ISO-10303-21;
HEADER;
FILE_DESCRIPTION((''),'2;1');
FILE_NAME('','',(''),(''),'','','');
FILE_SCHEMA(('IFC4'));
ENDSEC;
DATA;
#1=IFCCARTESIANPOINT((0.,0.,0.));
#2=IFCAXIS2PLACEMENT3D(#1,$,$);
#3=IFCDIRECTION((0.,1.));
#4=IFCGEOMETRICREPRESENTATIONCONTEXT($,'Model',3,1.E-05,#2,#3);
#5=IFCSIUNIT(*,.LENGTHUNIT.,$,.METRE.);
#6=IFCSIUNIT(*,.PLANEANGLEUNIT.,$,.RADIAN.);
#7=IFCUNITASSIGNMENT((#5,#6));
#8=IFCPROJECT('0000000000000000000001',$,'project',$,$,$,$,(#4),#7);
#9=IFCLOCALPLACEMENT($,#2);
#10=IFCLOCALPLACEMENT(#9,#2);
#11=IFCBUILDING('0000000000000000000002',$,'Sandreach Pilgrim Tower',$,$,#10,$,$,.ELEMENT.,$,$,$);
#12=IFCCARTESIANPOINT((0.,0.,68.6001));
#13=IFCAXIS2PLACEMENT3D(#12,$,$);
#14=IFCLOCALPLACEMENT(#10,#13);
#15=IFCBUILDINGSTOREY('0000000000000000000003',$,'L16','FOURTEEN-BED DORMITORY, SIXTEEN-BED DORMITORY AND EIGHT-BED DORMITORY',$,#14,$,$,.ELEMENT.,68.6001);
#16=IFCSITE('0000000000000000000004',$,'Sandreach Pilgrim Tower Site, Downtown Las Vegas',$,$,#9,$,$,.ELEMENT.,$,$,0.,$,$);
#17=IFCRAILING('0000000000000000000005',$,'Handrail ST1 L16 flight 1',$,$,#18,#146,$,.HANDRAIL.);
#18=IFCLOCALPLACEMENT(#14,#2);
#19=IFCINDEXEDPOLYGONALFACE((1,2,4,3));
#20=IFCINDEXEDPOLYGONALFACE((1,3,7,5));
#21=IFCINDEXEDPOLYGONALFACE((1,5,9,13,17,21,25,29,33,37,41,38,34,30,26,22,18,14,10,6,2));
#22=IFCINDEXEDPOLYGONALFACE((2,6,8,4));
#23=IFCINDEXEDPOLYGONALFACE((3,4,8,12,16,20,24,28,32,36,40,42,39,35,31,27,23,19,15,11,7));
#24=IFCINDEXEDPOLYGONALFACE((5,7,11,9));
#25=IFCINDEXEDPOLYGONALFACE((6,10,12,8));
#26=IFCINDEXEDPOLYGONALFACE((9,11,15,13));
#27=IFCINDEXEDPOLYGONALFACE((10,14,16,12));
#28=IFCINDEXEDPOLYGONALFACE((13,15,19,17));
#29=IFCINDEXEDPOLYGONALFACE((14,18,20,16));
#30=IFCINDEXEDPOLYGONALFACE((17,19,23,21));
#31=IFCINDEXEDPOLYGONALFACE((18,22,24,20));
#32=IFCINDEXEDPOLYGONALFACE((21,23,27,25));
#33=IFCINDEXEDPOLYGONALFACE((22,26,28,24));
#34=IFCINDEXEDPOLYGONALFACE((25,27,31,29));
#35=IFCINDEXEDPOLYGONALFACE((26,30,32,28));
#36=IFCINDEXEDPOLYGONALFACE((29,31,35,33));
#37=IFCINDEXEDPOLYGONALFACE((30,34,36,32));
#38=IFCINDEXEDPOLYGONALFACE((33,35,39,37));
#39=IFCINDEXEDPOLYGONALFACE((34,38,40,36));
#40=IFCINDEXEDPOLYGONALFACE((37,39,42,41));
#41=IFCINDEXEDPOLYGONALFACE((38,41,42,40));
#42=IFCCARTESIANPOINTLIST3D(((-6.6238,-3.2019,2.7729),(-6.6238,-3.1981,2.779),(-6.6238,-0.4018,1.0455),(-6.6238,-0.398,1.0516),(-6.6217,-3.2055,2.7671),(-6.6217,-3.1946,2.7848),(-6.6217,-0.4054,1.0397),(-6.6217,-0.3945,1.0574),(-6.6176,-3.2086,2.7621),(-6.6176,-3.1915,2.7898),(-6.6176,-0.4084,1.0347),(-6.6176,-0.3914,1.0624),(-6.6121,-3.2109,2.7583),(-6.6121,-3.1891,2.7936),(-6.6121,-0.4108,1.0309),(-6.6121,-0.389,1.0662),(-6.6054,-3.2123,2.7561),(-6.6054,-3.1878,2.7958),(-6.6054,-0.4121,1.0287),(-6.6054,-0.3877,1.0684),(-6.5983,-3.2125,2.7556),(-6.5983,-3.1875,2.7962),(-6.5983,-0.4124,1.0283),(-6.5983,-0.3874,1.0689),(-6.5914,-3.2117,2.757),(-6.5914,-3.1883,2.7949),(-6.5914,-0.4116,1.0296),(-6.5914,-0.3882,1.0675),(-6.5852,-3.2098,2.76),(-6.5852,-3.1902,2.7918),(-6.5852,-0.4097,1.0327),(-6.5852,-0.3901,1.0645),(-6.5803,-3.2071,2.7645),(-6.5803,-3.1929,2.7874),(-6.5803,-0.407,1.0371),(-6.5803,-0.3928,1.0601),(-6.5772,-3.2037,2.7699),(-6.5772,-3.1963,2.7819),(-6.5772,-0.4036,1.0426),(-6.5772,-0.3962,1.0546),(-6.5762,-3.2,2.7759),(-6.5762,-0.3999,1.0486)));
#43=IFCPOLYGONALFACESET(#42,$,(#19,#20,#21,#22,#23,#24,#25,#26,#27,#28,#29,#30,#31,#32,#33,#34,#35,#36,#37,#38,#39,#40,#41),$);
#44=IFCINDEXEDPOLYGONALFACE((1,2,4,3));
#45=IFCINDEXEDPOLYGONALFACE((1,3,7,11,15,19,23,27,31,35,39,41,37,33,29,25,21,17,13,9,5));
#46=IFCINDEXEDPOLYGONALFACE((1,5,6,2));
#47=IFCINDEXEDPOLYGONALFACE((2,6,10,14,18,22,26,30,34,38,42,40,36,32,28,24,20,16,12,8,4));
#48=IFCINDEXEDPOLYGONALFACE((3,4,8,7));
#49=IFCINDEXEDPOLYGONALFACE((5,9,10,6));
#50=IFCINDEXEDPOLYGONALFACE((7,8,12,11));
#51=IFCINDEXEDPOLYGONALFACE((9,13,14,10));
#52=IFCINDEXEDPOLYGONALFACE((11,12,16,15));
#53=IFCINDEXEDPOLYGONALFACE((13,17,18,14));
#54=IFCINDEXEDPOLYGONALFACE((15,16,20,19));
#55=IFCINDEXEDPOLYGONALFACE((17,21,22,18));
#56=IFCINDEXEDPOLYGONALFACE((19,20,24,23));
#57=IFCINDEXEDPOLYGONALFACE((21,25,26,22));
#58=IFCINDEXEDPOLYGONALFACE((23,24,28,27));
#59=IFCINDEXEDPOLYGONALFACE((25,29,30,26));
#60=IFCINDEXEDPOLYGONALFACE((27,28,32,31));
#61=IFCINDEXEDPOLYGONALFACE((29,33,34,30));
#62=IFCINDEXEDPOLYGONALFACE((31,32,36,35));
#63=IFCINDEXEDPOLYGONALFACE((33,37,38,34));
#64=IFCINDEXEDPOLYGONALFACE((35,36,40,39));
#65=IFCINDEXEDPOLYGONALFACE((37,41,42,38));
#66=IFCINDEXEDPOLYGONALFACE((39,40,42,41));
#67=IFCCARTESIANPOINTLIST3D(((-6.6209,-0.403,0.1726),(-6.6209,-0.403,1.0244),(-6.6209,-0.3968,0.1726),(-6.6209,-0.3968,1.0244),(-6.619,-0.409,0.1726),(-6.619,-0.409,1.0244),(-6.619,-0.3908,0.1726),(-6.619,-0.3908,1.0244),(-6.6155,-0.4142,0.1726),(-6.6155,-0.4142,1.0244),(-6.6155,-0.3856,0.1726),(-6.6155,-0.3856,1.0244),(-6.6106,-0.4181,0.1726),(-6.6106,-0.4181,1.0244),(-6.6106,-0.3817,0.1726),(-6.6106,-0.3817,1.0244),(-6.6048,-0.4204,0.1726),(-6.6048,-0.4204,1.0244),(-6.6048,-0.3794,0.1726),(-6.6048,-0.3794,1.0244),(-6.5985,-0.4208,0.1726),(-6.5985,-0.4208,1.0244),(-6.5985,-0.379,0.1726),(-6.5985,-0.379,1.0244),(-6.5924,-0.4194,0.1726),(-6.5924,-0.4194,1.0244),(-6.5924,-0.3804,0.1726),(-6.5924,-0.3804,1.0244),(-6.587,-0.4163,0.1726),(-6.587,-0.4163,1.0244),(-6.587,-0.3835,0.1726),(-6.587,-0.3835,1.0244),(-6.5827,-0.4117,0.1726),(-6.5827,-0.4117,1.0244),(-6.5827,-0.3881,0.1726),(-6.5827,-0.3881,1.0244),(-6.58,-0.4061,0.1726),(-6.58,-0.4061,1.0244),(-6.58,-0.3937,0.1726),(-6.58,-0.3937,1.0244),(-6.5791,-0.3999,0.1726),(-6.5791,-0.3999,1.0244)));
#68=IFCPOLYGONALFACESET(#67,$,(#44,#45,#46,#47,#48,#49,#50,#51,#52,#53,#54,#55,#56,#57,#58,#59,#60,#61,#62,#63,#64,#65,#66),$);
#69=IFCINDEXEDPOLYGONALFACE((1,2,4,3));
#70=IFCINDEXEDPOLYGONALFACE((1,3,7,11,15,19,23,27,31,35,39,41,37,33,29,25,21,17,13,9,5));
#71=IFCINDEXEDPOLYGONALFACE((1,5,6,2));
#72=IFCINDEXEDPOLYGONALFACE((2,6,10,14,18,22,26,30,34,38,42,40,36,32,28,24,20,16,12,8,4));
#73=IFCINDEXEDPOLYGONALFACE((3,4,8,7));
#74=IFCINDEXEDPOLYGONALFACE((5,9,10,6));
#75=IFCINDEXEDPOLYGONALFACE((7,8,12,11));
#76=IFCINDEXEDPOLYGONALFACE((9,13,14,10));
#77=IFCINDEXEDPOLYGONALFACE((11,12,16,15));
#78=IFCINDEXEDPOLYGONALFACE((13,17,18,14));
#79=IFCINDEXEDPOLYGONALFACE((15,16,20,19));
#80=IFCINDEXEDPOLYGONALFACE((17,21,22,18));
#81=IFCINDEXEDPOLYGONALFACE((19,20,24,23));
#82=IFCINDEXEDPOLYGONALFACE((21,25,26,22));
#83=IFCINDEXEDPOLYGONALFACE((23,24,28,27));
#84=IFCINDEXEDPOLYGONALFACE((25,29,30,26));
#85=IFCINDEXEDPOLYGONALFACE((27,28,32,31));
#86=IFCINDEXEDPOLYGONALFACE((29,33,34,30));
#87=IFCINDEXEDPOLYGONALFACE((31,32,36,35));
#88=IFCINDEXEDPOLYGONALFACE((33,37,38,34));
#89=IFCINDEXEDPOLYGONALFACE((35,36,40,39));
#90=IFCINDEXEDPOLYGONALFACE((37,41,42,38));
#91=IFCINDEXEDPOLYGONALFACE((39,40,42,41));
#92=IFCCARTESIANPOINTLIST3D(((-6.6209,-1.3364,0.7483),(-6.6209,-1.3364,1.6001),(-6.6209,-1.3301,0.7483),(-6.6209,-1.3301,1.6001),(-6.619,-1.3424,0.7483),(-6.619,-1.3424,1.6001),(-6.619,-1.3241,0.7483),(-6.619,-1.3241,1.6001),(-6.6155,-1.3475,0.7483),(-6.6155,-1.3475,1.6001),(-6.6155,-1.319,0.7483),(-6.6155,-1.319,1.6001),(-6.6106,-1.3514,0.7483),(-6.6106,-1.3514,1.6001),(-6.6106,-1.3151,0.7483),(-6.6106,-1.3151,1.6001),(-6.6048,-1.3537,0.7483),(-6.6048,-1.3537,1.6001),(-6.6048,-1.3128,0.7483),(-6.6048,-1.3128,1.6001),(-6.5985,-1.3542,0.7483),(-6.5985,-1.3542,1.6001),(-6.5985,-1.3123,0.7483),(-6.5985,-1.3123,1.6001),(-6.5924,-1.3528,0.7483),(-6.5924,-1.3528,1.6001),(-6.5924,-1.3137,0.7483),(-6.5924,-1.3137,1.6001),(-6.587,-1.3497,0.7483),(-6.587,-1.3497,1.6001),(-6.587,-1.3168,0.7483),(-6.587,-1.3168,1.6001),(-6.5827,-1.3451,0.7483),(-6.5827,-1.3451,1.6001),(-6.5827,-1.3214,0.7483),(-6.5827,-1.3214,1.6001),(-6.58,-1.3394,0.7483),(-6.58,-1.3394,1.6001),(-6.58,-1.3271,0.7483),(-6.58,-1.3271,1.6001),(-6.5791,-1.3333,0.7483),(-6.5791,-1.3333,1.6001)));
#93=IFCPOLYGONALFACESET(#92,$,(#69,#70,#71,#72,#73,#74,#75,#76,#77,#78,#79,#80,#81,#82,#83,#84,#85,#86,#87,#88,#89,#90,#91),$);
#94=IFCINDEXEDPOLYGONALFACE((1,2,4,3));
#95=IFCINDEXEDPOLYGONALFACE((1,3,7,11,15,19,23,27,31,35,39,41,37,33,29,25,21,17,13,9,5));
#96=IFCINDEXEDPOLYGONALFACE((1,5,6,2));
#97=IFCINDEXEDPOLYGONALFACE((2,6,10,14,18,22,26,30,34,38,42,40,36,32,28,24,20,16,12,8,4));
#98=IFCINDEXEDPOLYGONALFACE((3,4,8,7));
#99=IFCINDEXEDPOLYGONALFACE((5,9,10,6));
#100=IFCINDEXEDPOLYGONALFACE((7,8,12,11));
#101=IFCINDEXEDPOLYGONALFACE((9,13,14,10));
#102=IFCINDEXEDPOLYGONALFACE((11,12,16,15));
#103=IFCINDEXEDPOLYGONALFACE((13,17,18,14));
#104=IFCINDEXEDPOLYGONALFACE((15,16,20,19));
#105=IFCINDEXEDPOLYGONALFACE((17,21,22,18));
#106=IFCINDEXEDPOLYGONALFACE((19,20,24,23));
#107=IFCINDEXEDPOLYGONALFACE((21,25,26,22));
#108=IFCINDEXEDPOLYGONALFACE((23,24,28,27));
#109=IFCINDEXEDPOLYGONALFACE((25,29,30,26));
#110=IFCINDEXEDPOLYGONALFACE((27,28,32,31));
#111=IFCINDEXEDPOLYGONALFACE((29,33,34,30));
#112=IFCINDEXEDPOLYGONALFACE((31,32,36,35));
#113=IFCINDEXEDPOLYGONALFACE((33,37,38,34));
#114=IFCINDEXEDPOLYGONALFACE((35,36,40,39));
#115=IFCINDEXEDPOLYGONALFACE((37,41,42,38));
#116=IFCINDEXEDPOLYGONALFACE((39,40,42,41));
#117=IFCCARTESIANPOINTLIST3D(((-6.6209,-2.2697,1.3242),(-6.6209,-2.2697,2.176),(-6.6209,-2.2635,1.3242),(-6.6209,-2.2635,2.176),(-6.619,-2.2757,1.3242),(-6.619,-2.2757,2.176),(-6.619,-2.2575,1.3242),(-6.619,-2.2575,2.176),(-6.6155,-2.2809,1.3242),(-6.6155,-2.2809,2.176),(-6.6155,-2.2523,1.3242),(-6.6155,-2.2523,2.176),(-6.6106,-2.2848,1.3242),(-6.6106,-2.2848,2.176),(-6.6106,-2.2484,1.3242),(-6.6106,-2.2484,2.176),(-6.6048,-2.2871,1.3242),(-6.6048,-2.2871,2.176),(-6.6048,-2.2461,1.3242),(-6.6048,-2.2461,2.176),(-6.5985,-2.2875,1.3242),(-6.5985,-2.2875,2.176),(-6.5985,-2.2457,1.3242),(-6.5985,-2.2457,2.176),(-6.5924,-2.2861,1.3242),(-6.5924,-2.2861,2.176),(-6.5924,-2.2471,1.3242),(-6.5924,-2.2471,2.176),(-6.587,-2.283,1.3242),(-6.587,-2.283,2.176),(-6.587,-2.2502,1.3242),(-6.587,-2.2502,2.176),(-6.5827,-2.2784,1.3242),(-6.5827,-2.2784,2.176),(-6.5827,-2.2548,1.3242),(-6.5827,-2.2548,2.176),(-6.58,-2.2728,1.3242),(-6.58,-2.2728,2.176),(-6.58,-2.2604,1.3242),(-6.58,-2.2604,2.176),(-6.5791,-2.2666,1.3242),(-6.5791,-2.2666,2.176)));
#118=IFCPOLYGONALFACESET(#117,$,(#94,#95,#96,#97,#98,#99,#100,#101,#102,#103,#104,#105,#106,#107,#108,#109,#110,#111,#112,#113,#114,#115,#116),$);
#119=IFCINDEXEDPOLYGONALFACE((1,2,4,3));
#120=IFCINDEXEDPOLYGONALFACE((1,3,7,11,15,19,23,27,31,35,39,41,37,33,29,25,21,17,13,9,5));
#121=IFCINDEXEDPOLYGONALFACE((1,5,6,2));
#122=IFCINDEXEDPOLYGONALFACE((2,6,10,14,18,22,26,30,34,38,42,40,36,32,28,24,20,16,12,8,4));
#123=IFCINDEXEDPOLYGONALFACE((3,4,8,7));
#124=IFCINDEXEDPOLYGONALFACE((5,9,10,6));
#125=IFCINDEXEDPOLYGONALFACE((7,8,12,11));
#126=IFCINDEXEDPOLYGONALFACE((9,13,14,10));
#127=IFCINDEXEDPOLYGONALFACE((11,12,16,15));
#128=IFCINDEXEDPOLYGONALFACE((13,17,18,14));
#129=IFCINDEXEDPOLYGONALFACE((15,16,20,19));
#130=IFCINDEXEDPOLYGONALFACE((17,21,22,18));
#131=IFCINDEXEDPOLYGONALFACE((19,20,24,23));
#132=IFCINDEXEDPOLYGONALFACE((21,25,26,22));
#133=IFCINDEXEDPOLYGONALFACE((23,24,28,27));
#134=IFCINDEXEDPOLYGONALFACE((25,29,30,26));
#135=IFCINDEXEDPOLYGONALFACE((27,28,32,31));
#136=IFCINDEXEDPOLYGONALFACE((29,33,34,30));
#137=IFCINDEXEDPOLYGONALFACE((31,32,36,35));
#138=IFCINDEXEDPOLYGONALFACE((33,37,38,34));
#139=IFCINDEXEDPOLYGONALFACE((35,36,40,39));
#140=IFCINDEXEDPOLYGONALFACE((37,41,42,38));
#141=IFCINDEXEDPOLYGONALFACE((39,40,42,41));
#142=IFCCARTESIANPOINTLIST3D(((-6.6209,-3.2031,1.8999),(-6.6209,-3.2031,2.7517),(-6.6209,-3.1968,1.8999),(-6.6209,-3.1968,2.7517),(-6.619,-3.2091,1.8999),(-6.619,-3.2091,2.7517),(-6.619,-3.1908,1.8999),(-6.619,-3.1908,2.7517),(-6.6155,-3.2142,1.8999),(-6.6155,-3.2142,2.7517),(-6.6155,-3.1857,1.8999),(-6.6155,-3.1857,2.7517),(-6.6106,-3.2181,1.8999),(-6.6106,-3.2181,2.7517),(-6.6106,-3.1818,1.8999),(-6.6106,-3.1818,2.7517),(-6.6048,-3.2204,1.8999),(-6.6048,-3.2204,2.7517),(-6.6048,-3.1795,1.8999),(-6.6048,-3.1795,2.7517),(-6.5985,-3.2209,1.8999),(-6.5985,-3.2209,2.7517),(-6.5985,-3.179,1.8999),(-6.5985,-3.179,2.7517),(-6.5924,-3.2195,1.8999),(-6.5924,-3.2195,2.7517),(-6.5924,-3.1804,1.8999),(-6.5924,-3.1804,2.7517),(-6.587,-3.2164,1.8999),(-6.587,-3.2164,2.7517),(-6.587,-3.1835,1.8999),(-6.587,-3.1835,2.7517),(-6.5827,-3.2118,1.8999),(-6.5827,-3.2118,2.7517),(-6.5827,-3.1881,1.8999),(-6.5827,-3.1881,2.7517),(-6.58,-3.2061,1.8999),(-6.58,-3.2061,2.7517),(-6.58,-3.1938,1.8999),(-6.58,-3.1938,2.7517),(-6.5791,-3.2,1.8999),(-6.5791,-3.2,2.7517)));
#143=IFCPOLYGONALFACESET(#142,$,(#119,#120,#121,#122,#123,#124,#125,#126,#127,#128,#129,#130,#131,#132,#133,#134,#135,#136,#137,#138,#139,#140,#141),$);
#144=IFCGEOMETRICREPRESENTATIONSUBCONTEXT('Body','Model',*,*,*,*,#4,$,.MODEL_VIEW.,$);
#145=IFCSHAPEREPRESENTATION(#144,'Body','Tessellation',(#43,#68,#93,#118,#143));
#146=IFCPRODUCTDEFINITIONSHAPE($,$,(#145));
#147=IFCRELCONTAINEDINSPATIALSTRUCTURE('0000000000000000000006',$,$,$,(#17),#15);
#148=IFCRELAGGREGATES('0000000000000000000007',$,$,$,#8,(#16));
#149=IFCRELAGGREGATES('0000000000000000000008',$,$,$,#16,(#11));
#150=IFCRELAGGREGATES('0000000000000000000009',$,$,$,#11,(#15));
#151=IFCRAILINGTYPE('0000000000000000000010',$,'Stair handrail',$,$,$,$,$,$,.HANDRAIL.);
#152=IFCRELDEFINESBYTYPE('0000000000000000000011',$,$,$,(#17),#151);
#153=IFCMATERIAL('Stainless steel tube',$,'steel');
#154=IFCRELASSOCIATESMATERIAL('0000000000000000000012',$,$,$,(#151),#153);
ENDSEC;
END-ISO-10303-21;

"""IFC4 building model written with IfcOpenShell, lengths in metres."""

from ifc_helpers import new_model, si_unit, direction, frame, origin, origin_2d, place, context, subcontext, project, spatial, circle, extrude, material, type_object, element, save


model = new_model("IFC4")

# Units and contexts
model_context = context("Model", 3, precision=1e-05, world=origin(), true_north=direction((0.0, 1.0)))
body_context = subcontext(model_context, "Body", "Model", "MODEL_VIEW")
ifc_project = project(units=[si_unit("LENGTHUNIT", "METRE"), si_unit("PLANEANGLEUNIT", "RADIAN")], contexts=[model_context])

# Site, building, storey
site_placement = place(None, origin())
site = spatial("IfcSite", under=ifc_project, at=site_placement, Name="Sandreach Pilgrim Tower Site, Downtown Las Vegas", CompositionType="ELEMENT", RefElevation=0.0)
building_placement = place(site_placement, origin())
building = spatial("IfcBuilding", under=site, at=building_placement, Name="Sandreach Pilgrim Tower", CompositionType="ELEMENT")
storey_placement = place(building_placement, frame((0.0, 0.0, 68.6001)))
storey = spatial("IfcBuildingStorey", under=building, at=storey_placement, Name="L16", Description="FOURTEEN-BED DORMITORY, SIXTEEN-BED DORMITORY AND EIGHT-BED DORMITORY", CompositionType="ELEMENT", Elevation=68.6001)

# Railing
ifc_material_1 = material(Name="Stainless steel tube", Category="steel")
railing_type = type_object("IfcRailingType", Name="Stair handrail", PredefinedType="HANDRAIL", material=ifc_material_1)
railing_placement = place(storey_placement, frame((-6.6001, -0.3999, 0.1726)))
element("IfcRailing", 1, at=railing_placement, inside=storey, type_object=railing_type, Name="Handrail ST1 L16 flight 1", PredefinedType="HANDRAIL", context=body_context, shape_type="SweptSolid", body=[
    extrude(circle(Radius=0.0239, at=origin_2d()), frame((0.0, 0.0, 0.876), z_axis=(0.0, -0.85109, 0.52502), x_axis=(1.0, 0.0, 0.0)), (0.0, 0.0, 1.0), 3.29),
    extrude(circle(Radius=0.021, at=origin_2d()), origin(), (0.0, 0.0, 1.0), 0.8518),
    extrude(circle(Radius=0.021, at=origin_2d()), frame((0.0, -0.9333, 0.5757)), (0.0, 0.0, 1.0), 0.8518),
    extrude(circle(Radius=0.021, at=origin_2d()), frame((0.0, -1.8667, 1.1516)), (0.0, 0.0, 1.0), 0.8518),
    extrude(circle(Radius=0.021, at=origin_2d()), frame((0.0, -2.8, 1.7273)), (0.0, 0.0, 1.0), 0.8518),
])

save(model, "model.ifc")
